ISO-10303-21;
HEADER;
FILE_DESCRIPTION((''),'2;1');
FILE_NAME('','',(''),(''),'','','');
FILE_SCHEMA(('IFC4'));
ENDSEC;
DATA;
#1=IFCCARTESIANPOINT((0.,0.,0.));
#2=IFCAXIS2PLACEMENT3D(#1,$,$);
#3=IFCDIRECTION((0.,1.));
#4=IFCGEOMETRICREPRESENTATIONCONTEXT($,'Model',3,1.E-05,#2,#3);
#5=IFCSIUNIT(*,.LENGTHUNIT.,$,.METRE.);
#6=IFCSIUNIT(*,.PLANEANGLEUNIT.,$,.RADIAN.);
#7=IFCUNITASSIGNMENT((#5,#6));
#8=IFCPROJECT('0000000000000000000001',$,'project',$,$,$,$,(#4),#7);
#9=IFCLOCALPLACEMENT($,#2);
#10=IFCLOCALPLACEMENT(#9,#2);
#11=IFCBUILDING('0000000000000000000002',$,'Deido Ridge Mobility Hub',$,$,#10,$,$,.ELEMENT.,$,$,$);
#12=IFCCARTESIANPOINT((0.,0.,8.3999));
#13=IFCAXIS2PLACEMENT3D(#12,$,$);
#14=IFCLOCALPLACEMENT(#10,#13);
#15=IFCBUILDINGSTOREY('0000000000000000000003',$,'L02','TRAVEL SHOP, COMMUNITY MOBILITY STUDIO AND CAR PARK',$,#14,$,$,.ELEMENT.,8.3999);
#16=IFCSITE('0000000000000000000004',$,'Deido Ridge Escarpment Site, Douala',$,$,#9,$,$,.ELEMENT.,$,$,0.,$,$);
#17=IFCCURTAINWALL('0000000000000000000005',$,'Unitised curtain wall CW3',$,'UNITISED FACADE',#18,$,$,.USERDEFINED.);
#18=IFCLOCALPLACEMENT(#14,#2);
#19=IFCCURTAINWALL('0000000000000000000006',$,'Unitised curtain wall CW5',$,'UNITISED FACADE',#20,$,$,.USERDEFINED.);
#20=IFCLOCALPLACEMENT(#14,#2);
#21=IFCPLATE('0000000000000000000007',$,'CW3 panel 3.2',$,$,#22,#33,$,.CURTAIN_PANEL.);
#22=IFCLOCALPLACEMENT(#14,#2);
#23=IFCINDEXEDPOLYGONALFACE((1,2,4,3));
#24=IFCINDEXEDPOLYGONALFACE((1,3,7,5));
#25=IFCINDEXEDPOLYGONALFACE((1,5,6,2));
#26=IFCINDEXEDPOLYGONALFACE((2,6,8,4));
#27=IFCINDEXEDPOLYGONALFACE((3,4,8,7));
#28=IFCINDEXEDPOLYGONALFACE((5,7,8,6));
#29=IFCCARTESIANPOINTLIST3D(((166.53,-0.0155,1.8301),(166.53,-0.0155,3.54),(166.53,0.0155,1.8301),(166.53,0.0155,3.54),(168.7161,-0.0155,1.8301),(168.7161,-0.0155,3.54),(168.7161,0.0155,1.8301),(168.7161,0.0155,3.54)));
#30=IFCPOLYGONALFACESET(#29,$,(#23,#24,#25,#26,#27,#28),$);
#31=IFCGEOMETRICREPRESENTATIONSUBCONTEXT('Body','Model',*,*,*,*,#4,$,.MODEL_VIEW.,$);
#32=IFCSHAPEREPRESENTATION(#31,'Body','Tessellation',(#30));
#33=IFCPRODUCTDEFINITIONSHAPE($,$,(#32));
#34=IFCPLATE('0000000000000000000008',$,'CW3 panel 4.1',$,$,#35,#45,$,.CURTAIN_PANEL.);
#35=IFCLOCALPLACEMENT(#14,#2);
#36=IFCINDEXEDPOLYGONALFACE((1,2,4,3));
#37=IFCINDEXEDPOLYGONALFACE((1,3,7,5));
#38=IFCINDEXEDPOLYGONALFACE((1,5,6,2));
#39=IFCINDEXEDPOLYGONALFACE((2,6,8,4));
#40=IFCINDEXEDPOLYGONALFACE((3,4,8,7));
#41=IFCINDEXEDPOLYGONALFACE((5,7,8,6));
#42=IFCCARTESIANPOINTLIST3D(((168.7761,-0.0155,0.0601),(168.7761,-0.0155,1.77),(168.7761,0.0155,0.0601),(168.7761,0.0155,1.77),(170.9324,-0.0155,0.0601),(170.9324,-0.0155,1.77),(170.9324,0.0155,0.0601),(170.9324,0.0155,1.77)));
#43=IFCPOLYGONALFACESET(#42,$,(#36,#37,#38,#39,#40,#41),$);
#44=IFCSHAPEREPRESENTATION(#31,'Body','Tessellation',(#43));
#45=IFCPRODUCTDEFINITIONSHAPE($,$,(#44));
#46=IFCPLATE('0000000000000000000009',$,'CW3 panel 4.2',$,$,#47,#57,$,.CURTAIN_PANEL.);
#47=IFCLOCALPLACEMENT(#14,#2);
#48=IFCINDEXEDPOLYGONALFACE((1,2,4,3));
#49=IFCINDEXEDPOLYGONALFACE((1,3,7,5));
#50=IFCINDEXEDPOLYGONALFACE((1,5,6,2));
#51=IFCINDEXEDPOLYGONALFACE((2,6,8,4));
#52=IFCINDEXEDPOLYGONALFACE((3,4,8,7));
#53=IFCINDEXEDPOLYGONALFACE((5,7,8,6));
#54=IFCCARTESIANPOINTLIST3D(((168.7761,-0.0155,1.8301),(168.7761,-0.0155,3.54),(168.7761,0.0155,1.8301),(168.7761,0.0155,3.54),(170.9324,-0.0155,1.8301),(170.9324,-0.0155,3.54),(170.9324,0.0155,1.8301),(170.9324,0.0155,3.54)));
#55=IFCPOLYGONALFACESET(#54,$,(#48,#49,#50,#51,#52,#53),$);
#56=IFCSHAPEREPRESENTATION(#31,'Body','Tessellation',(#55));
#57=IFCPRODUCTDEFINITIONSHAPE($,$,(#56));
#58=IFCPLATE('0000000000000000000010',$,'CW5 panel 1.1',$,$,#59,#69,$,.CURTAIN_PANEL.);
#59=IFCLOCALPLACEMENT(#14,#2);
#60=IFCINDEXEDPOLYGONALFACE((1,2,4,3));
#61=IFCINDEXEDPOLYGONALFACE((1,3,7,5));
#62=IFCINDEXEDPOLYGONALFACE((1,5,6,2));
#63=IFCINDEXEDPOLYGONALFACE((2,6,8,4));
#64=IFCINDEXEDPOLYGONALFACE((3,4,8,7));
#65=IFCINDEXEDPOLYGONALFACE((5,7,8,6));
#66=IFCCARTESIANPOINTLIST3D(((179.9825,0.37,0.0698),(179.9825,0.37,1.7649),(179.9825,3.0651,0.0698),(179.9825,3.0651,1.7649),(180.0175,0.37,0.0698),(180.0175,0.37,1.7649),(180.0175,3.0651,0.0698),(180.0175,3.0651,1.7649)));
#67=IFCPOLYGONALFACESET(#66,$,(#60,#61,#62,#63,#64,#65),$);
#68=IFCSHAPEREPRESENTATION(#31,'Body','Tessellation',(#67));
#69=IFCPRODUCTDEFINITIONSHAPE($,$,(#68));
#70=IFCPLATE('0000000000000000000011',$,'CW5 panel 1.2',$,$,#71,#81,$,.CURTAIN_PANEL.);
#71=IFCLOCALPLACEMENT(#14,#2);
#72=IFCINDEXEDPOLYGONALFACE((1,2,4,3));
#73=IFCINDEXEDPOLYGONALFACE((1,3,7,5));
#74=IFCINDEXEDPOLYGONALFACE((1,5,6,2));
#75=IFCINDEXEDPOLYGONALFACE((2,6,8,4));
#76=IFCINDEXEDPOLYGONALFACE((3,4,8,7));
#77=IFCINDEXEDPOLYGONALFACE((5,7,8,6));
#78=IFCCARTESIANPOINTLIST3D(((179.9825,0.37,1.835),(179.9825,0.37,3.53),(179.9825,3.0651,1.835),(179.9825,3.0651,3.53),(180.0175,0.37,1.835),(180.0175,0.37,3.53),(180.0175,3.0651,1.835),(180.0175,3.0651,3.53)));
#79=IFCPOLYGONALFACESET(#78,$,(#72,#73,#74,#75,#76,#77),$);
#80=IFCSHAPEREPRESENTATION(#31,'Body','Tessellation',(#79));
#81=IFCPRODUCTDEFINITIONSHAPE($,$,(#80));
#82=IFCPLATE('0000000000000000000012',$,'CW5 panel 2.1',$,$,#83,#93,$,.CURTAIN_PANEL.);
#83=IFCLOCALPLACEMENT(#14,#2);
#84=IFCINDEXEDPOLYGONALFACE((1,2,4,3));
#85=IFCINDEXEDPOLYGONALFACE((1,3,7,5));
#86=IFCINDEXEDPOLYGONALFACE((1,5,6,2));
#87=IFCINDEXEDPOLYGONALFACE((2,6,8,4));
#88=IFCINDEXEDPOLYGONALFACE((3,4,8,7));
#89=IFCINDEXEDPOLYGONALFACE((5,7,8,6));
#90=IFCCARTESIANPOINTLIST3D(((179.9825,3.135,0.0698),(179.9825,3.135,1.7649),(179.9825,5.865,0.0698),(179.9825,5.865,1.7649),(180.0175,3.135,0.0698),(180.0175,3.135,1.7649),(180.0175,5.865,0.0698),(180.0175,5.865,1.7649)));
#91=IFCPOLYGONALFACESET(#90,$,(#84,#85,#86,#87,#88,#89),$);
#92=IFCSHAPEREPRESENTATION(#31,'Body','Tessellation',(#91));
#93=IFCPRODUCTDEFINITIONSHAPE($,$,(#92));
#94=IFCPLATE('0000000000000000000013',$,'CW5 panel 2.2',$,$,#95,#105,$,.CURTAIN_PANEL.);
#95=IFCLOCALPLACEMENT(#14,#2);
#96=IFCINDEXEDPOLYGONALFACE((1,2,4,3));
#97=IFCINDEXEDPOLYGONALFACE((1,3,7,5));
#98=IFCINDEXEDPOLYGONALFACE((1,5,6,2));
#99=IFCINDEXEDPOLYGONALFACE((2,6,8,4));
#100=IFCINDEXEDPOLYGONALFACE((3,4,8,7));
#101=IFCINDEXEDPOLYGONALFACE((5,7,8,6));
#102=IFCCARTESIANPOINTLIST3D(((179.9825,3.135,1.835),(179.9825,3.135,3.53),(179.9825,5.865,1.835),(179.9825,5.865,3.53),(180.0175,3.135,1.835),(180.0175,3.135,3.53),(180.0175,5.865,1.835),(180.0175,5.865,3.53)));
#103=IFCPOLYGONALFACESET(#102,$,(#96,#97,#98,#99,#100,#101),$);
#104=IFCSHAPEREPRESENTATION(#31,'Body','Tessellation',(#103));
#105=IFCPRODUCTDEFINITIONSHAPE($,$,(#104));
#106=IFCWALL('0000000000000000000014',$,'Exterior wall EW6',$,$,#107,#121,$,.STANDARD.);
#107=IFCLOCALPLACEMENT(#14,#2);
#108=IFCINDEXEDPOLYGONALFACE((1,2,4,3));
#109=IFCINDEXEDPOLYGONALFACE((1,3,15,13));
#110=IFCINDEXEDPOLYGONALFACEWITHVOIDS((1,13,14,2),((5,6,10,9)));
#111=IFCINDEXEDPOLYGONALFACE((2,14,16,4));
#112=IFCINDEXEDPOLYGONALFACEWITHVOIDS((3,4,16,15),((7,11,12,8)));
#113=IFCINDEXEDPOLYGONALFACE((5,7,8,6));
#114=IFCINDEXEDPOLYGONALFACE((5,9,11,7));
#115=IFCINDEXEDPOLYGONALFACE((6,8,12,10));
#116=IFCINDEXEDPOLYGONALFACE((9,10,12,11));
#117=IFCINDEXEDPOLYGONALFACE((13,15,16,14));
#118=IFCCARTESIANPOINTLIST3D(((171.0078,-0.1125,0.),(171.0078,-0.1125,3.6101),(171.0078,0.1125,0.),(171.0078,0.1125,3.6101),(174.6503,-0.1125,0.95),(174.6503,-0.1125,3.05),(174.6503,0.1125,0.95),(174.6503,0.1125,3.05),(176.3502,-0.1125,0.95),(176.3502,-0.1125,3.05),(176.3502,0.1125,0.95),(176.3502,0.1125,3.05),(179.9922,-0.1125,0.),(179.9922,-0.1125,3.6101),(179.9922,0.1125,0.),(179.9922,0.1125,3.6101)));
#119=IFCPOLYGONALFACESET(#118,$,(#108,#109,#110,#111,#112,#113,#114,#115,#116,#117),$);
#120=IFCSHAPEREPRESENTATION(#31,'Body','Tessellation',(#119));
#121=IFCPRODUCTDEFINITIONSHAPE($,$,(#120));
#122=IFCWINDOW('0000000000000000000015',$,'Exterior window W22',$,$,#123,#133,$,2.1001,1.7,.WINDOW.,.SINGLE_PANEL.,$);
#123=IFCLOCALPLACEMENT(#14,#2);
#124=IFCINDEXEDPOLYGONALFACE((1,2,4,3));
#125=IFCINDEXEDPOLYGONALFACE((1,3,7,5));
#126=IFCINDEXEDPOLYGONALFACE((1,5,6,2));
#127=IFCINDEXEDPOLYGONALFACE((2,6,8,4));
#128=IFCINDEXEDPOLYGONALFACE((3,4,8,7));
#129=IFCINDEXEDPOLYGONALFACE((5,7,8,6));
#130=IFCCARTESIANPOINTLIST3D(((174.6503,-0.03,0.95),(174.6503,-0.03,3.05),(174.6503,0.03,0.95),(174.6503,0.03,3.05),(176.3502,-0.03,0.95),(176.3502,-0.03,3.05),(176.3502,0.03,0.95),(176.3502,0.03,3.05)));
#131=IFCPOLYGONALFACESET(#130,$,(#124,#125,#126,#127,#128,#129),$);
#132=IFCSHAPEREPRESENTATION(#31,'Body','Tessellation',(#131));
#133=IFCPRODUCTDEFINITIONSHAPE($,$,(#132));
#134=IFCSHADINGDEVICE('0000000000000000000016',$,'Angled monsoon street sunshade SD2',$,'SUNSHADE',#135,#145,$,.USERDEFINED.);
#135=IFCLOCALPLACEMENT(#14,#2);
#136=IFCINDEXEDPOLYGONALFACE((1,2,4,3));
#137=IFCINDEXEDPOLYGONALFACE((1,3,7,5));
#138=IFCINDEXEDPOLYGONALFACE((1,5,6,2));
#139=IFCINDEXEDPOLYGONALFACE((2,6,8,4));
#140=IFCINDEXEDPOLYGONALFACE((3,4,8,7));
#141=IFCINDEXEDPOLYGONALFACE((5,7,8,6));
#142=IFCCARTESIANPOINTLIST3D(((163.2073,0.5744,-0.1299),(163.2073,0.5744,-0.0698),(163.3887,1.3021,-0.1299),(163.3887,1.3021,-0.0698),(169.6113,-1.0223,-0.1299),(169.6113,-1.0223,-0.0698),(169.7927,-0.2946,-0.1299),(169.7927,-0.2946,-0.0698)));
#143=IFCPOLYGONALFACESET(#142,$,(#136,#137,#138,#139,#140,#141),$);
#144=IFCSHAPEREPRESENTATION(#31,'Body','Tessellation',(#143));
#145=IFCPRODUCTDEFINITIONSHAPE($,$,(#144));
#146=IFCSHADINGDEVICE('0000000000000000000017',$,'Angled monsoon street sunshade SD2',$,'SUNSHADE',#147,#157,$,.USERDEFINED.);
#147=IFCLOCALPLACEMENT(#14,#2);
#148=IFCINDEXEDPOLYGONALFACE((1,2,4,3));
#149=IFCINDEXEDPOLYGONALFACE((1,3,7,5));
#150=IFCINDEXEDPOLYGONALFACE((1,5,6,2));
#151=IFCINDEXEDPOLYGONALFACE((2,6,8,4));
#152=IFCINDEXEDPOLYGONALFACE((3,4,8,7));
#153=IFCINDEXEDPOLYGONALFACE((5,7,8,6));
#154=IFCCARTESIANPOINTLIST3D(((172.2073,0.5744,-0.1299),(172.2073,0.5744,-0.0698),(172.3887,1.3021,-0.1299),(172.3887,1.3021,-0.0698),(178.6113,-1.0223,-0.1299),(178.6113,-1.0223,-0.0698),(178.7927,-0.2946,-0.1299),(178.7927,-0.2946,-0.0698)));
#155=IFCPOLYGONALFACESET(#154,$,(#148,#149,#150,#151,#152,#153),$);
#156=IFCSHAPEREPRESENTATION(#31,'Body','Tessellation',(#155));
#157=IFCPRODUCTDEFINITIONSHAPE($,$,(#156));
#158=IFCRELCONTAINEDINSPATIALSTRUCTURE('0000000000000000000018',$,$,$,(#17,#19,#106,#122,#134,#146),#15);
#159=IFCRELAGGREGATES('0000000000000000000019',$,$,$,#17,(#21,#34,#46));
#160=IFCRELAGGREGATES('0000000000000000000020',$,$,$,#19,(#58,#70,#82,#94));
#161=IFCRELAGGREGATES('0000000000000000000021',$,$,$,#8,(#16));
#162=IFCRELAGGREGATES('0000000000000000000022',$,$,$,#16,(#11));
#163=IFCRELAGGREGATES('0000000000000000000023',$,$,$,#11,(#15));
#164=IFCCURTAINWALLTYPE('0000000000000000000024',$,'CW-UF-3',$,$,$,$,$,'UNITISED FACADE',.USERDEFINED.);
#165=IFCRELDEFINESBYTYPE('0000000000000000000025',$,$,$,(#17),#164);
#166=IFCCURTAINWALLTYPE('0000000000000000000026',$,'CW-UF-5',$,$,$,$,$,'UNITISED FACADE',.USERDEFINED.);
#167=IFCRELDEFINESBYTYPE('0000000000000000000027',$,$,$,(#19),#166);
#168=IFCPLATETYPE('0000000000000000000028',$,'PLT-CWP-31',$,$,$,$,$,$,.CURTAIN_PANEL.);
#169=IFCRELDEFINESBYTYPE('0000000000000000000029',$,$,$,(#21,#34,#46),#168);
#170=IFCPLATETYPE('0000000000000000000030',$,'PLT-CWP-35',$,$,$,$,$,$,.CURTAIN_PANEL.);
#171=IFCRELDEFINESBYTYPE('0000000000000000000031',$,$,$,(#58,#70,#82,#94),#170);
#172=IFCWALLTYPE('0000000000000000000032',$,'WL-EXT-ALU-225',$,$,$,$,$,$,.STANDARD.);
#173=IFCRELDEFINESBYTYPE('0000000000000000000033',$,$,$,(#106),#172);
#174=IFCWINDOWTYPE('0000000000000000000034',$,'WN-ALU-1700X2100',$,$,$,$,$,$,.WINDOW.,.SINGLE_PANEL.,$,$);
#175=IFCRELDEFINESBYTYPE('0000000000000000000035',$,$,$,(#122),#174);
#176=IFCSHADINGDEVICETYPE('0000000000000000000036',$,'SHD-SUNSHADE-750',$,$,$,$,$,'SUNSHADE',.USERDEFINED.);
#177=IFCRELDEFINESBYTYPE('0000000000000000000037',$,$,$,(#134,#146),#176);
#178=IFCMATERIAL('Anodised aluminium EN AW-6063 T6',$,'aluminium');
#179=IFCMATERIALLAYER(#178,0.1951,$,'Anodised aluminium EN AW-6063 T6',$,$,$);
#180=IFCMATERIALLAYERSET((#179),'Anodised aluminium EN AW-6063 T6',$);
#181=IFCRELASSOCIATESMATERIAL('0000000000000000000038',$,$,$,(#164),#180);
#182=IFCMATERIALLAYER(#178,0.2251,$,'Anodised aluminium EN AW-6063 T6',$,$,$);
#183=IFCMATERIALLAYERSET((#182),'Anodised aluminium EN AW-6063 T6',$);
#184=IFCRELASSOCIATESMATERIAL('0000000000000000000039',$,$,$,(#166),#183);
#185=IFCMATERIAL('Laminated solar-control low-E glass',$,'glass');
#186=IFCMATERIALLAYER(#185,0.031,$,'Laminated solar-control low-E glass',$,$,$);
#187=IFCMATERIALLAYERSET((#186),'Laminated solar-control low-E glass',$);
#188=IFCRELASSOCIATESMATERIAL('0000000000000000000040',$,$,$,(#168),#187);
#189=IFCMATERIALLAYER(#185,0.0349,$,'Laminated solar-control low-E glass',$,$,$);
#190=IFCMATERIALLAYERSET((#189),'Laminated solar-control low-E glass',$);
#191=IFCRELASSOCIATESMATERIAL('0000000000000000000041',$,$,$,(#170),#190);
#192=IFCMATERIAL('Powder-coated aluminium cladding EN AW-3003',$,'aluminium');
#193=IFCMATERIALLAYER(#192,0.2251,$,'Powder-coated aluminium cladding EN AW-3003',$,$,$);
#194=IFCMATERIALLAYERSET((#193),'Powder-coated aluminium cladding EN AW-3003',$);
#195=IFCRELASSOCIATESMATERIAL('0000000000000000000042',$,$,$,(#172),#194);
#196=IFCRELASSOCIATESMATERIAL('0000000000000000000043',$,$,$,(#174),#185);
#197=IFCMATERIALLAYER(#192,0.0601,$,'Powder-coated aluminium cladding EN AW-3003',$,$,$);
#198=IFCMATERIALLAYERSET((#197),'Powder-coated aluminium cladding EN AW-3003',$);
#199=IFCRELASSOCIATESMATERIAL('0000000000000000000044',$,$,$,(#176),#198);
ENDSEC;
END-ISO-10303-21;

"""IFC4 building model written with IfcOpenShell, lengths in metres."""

from ifc_helpers import new_model, si_unit, direction, frame, frame_2d, origin, origin_2d, place, context, subcontext, project, spatial, rectangle, extrude, material, layer, layer_set, type_object, element, fill, aggregate, save


model = new_model("IFC4")

# Units and contexts
model_context = context("Model", 3, precision=1e-05, world=origin(), true_north=direction((0.0, 1.0)))
body_context = subcontext(model_context, "Body", "Model", "MODEL_VIEW")
ifc_project = project(units=[si_unit("LENGTHUNIT", "METRE"), si_unit("PLANEANGLEUNIT", "RADIAN")], contexts=[model_context])

# Site, building, storey
site_placement = place(None, origin())
site = spatial("IfcSite", under=ifc_project, at=site_placement, Name="Deido Ridge Escarpment Site, Douala", CompositionType="ELEMENT", RefElevation=0.0)
building_placement = place(site_placement, origin())
building = spatial("IfcBuilding", under=site, at=building_placement, Name="Deido Ridge Mobility Hub", CompositionType="ELEMENT")
storey_placement = place(building_placement, frame((0.0, 0.0, 8.3999)))
storey = spatial("IfcBuildingStorey", under=building, at=storey_placement, Name="L02", Description="TRAVEL SHOP, COMMUNITY MOBILITY STUDIO AND CAR PARK", CompositionType="ELEMENT", Elevation=8.3999)

# Curtain walls
ifc_material_1 = material(Name="Anodised aluminium EN AW-6063 T6", Category="aluminium")
ifc_layer_1 = layer(ifc_material_1, 0.1951, Name="Anodised aluminium EN AW-6063 T6")
ifc_layer_set_1 = layer_set([ifc_layer_1], Name="Anodised aluminium EN AW-6063 T6")
curtain_wall_type_1 = type_object("IfcCurtainWallType", Name="CW-UF-3", ElementType="UNITISED FACADE", PredefinedType="USERDEFINED", material=ifc_layer_set_1)
curtain_wall_1_placement = place(storey_placement, origin())
curtain_wall_1 = element("IfcCurtainWall", 1, at=curtain_wall_1_placement, inside=storey, type_object=curtain_wall_type_1, Name="Unitised curtain wall CW3", ObjectType="UNITISED FACADE", PredefinedType="USERDEFINED")
ifc_layer_2 = layer(ifc_material_1, 0.2251, Name="Anodised aluminium EN AW-6063 T6")
ifc_layer_set_2 = layer_set([ifc_layer_2], Name="Anodised aluminium EN AW-6063 T6")
curtain_wall_type_2 = type_object("IfcCurtainWallType", Name="CW-UF-5", ElementType="UNITISED FACADE", PredefinedType="USERDEFINED", material=ifc_layer_set_2)
curtain_wall_2_placement = place(storey_placement, origin())
curtain_wall_2 = element("IfcCurtainWall", 2, at=curtain_wall_2_placement, inside=storey, type_object=curtain_wall_type_2, Name="Unitised curtain wall CW5", ObjectType="UNITISED FACADE", PredefinedType="USERDEFINED")

# Plates
ifc_material_2 = material(Name="Laminated solar-control low-E glass", Category="glass")
ifc_layer_3 = layer(ifc_material_2, 0.031, Name="Laminated solar-control low-E glass")
ifc_layer_set_3 = layer_set([ifc_layer_3], Name="Laminated solar-control low-E glass")
plate_type_1 = type_object("IfcPlateType", Name="PLT-CWP-31", PredefinedType="CURTAIN_PANEL", material=ifc_layer_set_3)
plate_1_placement = place(storey_placement, frame((167.623, 0.0, 1.8301), z_axis=(0.0, 0.0, 1.0), x_axis=(1.0, 0.0, 0.0)))
plate_1 = element("IfcPlate", 3, at=plate_1_placement, type_object=plate_type_1, Name="CW3 panel 3.2", PredefinedType="CURTAIN_PANEL", context=body_context, shape_type="SweptSolid", body=[
    extrude(rectangle(XDim=2.186, YDim=0.031, at=origin_2d()), origin(), (0.0, 0.0, 1.0), 1.71),
])
plate_2_placement = place(storey_placement, frame((169.8542, 0.0, 0.0601), z_axis=(0.0, 0.0, 1.0), x_axis=(1.0, 0.0, 0.0)))
plate_2 = element("IfcPlate", 4, at=plate_2_placement, type_object=plate_type_1, Name="CW3 panel 4.1", PredefinedType="CURTAIN_PANEL", context=body_context, shape_type="SweptSolid", body=[
    extrude(rectangle(XDim=2.1562, YDim=0.031, at=origin_2d()), origin(), (0.0, 0.0, 1.0), 1.71),
])
plate_3_placement = place(storey_placement, frame((169.8542, 0.0, 1.8301), z_axis=(0.0, 0.0, 1.0), x_axis=(1.0, 0.0, 0.0)))
plate_3 = element("IfcPlate", 5, at=plate_3_placement, type_object=plate_type_1, Name="CW3 panel 4.2", PredefinedType="CURTAIN_PANEL", context=body_context, shape_type="SweptSolid", body=[
    extrude(rectangle(XDim=2.1562, YDim=0.031, at=origin_2d()), origin(), (0.0, 0.0, 1.0), 1.71),
])
aggregate(curtain_wall_1, [plate_1, plate_2, plate_3])
ifc_layer_4 = layer(ifc_material_2, 0.0349, Name="Laminated solar-control low-E glass")
ifc_layer_set_4 = layer_set([ifc_layer_4], Name="Laminated solar-control low-E glass")
plate_type_2 = type_object("IfcPlateType", Name="PLT-CWP-35", PredefinedType="CURTAIN_PANEL", material=ifc_layer_set_4)
plate_4_placement = place(storey_placement, frame((180.0, 1.7175, 0.0698), z_axis=(0.0, 0.0, 1.0), x_axis=(0.0, 1.0, 0.0)))
plate_4 = element("IfcPlate", 6, at=plate_4_placement, type_object=plate_type_2, Name="CW5 panel 1.1", PredefinedType="CURTAIN_PANEL", context=body_context, shape_type="SweptSolid", body=[
    extrude(rectangle(XDim=2.6951, YDim=0.0349, at=origin_2d()), origin(), (0.0, 0.0, 1.0), 1.6951),
])
plate_5_placement = place(storey_placement, frame((180.0, 1.7175, 1.835), z_axis=(0.0, 0.0, 1.0), x_axis=(0.0, 1.0, 0.0)))
plate_5 = element("IfcPlate", 7, at=plate_5_placement, type_object=plate_type_2, Name="CW5 panel 1.2", PredefinedType="CURTAIN_PANEL", context=body_context, shape_type="SweptSolid", body=[
    extrude(rectangle(XDim=2.6951, YDim=0.0349, at=origin_2d()), origin(), (0.0, 0.0, 1.0), 1.6951),
])
plate_6_placement = place(storey_placement, frame((180.0, 4.5, 0.0698), z_axis=(0.0, 0.0, 1.0), x_axis=(0.0, 1.0, 0.0)))
plate_6 = element("IfcPlate", 8, at=plate_6_placement, type_object=plate_type_2, Name="CW5 panel 2.1", PredefinedType="CURTAIN_PANEL", context=body_context, shape_type="SweptSolid", body=[
    extrude(rectangle(XDim=2.73, YDim=0.0349, at=origin_2d()), origin(), (0.0, 0.0, 1.0), 1.6951),
])
plate_7_placement = place(storey_placement, frame((180.0, 4.5, 1.835), z_axis=(0.0, 0.0, 1.0), x_axis=(0.0, 1.0, 0.0)))
plate_7 = element("IfcPlate", 9, at=plate_7_placement, type_object=plate_type_2, Name="CW5 panel 2.2", PredefinedType="CURTAIN_PANEL", context=body_context, shape_type="SweptSolid", body=[
    extrude(rectangle(XDim=2.73, YDim=0.0349, at=origin_2d()), origin(), (0.0, 0.0, 1.0), 1.6951),
])
aggregate(curtain_wall_2, [plate_4, plate_5, plate_6, plate_7])

# Wall, opening, window
ifc_material_3 = material(Name="Powder-coated aluminium cladding EN AW-3003", Category="aluminium")
ifc_layer_5 = layer(ifc_material_3, 0.2251, Name="Powder-coated aluminium cladding EN AW-3003")
ifc_layer_set_5 = layer_set([ifc_layer_5], Name="Powder-coated aluminium cladding EN AW-3003")
wall_type = type_object("IfcWallType", Name="WL-EXT-ALU-225", PredefinedType="STANDARD", material=ifc_layer_set_5)
wall_placement = place(storey_placement, frame((171.0078, 0.0, 0.0), z_axis=(0.0, 0.0, 1.0), x_axis=(1.0, 0.0, 0.0)))
wall = element("IfcWall", 10, at=wall_placement, inside=storey, type_object=wall_type, Name="Exterior wall EW6", PredefinedType="STANDARD", context=body_context, shape_type="SweptSolid", body=[
    extrude(rectangle(XDim=8.9844, YDim=0.2251, at=frame_2d((4.4922, 0.0))), origin(), (0.0, 0.0, 1.0), 3.6101),
])
opening_placement = place(wall_placement, frame((3.6423, 0.0, 0.95)))
opening = element("IfcOpeningElement", 11, at=opening_placement, cuts=wall, PredefinedType="OPENING", context=body_context, shape_type="SweptSolid", body=[
    extrude(rectangle(XDim=1.7, YDim=2.1001, at=frame_2d((0.8501, 1.05))), frame((0.0, 0.1226, 0.0), z_axis=(0.0, -1.0, 0.0), x_axis=(1.0, 0.0, 0.0)), (0.0, 0.0, 1.0), 0.2451),
])
window_type = type_object("IfcWindowType", Name="WN-ALU-1700X2100", PartitioningType="SINGLE_PANEL", PredefinedType="WINDOW", material=ifc_material_2)
window_placement = place(opening_placement, origin())
window = element("IfcWindow", 12, at=window_placement, inside=storey, type_object=window_type, Name="Exterior window W22", OverallHeight=2.1001, OverallWidth=1.7, PartitioningType="SINGLE_PANEL", PredefinedType="WINDOW", context=body_context, shape_type="SweptSolid", body=[
    extrude(rectangle(XDim=1.7, YDim=2.1001, at=frame_2d((0.8501, 1.05))), frame((0.0, 0.03, 0.0), z_axis=(0.0, -1.0, 0.0), x_axis=(1.0, 0.0, 0.0)), (0.0, 0.0, 1.0), 0.0601),
])
fill(opening, window)

# Shading devices
ifc_layer_6 = layer(ifc_material_3, 0.0601, Name="Powder-coated aluminium cladding EN AW-3003")
ifc_layer_set_6 = layer_set([ifc_layer_6], Name="Powder-coated aluminium cladding EN AW-3003")
shading_device_type = type_object("IfcShadingDeviceType", Name="SHD-SUNSHADE-750", ElementType="SUNSHADE", PredefinedType="USERDEFINED", material=ifc_layer_set_6)
for number, where, z_axis, x_axis, name in (
    (13, (166.5, 0.1399, -0.1299), (0.0, 0.0, 1.0), (0.970296, -0.241922, 0.0), "Angled monsoon street sunshade SD2"),
    (14, (175.5, 0.1399, -0.1299), (0.0, 0.0, 1.0), (0.970296, -0.241922, 0.0), "Angled monsoon street sunshade SD2"),
):
    element("IfcShadingDevice", number, at=place(storey_placement, frame(where, z_axis=z_axis, x_axis=x_axis)), inside=storey, type_object=shading_device_type, Name=name, ObjectType="SUNSHADE", PredefinedType="USERDEFINED", context=body_context, shape_type="SweptSolid", body=[
        extrude(rectangle(XDim=6.6001, YDim=0.75, at=origin_2d()), origin(), (0.0, 0.0, 1.0), 0.0601),
    ])

save(model, "model.ifc")
